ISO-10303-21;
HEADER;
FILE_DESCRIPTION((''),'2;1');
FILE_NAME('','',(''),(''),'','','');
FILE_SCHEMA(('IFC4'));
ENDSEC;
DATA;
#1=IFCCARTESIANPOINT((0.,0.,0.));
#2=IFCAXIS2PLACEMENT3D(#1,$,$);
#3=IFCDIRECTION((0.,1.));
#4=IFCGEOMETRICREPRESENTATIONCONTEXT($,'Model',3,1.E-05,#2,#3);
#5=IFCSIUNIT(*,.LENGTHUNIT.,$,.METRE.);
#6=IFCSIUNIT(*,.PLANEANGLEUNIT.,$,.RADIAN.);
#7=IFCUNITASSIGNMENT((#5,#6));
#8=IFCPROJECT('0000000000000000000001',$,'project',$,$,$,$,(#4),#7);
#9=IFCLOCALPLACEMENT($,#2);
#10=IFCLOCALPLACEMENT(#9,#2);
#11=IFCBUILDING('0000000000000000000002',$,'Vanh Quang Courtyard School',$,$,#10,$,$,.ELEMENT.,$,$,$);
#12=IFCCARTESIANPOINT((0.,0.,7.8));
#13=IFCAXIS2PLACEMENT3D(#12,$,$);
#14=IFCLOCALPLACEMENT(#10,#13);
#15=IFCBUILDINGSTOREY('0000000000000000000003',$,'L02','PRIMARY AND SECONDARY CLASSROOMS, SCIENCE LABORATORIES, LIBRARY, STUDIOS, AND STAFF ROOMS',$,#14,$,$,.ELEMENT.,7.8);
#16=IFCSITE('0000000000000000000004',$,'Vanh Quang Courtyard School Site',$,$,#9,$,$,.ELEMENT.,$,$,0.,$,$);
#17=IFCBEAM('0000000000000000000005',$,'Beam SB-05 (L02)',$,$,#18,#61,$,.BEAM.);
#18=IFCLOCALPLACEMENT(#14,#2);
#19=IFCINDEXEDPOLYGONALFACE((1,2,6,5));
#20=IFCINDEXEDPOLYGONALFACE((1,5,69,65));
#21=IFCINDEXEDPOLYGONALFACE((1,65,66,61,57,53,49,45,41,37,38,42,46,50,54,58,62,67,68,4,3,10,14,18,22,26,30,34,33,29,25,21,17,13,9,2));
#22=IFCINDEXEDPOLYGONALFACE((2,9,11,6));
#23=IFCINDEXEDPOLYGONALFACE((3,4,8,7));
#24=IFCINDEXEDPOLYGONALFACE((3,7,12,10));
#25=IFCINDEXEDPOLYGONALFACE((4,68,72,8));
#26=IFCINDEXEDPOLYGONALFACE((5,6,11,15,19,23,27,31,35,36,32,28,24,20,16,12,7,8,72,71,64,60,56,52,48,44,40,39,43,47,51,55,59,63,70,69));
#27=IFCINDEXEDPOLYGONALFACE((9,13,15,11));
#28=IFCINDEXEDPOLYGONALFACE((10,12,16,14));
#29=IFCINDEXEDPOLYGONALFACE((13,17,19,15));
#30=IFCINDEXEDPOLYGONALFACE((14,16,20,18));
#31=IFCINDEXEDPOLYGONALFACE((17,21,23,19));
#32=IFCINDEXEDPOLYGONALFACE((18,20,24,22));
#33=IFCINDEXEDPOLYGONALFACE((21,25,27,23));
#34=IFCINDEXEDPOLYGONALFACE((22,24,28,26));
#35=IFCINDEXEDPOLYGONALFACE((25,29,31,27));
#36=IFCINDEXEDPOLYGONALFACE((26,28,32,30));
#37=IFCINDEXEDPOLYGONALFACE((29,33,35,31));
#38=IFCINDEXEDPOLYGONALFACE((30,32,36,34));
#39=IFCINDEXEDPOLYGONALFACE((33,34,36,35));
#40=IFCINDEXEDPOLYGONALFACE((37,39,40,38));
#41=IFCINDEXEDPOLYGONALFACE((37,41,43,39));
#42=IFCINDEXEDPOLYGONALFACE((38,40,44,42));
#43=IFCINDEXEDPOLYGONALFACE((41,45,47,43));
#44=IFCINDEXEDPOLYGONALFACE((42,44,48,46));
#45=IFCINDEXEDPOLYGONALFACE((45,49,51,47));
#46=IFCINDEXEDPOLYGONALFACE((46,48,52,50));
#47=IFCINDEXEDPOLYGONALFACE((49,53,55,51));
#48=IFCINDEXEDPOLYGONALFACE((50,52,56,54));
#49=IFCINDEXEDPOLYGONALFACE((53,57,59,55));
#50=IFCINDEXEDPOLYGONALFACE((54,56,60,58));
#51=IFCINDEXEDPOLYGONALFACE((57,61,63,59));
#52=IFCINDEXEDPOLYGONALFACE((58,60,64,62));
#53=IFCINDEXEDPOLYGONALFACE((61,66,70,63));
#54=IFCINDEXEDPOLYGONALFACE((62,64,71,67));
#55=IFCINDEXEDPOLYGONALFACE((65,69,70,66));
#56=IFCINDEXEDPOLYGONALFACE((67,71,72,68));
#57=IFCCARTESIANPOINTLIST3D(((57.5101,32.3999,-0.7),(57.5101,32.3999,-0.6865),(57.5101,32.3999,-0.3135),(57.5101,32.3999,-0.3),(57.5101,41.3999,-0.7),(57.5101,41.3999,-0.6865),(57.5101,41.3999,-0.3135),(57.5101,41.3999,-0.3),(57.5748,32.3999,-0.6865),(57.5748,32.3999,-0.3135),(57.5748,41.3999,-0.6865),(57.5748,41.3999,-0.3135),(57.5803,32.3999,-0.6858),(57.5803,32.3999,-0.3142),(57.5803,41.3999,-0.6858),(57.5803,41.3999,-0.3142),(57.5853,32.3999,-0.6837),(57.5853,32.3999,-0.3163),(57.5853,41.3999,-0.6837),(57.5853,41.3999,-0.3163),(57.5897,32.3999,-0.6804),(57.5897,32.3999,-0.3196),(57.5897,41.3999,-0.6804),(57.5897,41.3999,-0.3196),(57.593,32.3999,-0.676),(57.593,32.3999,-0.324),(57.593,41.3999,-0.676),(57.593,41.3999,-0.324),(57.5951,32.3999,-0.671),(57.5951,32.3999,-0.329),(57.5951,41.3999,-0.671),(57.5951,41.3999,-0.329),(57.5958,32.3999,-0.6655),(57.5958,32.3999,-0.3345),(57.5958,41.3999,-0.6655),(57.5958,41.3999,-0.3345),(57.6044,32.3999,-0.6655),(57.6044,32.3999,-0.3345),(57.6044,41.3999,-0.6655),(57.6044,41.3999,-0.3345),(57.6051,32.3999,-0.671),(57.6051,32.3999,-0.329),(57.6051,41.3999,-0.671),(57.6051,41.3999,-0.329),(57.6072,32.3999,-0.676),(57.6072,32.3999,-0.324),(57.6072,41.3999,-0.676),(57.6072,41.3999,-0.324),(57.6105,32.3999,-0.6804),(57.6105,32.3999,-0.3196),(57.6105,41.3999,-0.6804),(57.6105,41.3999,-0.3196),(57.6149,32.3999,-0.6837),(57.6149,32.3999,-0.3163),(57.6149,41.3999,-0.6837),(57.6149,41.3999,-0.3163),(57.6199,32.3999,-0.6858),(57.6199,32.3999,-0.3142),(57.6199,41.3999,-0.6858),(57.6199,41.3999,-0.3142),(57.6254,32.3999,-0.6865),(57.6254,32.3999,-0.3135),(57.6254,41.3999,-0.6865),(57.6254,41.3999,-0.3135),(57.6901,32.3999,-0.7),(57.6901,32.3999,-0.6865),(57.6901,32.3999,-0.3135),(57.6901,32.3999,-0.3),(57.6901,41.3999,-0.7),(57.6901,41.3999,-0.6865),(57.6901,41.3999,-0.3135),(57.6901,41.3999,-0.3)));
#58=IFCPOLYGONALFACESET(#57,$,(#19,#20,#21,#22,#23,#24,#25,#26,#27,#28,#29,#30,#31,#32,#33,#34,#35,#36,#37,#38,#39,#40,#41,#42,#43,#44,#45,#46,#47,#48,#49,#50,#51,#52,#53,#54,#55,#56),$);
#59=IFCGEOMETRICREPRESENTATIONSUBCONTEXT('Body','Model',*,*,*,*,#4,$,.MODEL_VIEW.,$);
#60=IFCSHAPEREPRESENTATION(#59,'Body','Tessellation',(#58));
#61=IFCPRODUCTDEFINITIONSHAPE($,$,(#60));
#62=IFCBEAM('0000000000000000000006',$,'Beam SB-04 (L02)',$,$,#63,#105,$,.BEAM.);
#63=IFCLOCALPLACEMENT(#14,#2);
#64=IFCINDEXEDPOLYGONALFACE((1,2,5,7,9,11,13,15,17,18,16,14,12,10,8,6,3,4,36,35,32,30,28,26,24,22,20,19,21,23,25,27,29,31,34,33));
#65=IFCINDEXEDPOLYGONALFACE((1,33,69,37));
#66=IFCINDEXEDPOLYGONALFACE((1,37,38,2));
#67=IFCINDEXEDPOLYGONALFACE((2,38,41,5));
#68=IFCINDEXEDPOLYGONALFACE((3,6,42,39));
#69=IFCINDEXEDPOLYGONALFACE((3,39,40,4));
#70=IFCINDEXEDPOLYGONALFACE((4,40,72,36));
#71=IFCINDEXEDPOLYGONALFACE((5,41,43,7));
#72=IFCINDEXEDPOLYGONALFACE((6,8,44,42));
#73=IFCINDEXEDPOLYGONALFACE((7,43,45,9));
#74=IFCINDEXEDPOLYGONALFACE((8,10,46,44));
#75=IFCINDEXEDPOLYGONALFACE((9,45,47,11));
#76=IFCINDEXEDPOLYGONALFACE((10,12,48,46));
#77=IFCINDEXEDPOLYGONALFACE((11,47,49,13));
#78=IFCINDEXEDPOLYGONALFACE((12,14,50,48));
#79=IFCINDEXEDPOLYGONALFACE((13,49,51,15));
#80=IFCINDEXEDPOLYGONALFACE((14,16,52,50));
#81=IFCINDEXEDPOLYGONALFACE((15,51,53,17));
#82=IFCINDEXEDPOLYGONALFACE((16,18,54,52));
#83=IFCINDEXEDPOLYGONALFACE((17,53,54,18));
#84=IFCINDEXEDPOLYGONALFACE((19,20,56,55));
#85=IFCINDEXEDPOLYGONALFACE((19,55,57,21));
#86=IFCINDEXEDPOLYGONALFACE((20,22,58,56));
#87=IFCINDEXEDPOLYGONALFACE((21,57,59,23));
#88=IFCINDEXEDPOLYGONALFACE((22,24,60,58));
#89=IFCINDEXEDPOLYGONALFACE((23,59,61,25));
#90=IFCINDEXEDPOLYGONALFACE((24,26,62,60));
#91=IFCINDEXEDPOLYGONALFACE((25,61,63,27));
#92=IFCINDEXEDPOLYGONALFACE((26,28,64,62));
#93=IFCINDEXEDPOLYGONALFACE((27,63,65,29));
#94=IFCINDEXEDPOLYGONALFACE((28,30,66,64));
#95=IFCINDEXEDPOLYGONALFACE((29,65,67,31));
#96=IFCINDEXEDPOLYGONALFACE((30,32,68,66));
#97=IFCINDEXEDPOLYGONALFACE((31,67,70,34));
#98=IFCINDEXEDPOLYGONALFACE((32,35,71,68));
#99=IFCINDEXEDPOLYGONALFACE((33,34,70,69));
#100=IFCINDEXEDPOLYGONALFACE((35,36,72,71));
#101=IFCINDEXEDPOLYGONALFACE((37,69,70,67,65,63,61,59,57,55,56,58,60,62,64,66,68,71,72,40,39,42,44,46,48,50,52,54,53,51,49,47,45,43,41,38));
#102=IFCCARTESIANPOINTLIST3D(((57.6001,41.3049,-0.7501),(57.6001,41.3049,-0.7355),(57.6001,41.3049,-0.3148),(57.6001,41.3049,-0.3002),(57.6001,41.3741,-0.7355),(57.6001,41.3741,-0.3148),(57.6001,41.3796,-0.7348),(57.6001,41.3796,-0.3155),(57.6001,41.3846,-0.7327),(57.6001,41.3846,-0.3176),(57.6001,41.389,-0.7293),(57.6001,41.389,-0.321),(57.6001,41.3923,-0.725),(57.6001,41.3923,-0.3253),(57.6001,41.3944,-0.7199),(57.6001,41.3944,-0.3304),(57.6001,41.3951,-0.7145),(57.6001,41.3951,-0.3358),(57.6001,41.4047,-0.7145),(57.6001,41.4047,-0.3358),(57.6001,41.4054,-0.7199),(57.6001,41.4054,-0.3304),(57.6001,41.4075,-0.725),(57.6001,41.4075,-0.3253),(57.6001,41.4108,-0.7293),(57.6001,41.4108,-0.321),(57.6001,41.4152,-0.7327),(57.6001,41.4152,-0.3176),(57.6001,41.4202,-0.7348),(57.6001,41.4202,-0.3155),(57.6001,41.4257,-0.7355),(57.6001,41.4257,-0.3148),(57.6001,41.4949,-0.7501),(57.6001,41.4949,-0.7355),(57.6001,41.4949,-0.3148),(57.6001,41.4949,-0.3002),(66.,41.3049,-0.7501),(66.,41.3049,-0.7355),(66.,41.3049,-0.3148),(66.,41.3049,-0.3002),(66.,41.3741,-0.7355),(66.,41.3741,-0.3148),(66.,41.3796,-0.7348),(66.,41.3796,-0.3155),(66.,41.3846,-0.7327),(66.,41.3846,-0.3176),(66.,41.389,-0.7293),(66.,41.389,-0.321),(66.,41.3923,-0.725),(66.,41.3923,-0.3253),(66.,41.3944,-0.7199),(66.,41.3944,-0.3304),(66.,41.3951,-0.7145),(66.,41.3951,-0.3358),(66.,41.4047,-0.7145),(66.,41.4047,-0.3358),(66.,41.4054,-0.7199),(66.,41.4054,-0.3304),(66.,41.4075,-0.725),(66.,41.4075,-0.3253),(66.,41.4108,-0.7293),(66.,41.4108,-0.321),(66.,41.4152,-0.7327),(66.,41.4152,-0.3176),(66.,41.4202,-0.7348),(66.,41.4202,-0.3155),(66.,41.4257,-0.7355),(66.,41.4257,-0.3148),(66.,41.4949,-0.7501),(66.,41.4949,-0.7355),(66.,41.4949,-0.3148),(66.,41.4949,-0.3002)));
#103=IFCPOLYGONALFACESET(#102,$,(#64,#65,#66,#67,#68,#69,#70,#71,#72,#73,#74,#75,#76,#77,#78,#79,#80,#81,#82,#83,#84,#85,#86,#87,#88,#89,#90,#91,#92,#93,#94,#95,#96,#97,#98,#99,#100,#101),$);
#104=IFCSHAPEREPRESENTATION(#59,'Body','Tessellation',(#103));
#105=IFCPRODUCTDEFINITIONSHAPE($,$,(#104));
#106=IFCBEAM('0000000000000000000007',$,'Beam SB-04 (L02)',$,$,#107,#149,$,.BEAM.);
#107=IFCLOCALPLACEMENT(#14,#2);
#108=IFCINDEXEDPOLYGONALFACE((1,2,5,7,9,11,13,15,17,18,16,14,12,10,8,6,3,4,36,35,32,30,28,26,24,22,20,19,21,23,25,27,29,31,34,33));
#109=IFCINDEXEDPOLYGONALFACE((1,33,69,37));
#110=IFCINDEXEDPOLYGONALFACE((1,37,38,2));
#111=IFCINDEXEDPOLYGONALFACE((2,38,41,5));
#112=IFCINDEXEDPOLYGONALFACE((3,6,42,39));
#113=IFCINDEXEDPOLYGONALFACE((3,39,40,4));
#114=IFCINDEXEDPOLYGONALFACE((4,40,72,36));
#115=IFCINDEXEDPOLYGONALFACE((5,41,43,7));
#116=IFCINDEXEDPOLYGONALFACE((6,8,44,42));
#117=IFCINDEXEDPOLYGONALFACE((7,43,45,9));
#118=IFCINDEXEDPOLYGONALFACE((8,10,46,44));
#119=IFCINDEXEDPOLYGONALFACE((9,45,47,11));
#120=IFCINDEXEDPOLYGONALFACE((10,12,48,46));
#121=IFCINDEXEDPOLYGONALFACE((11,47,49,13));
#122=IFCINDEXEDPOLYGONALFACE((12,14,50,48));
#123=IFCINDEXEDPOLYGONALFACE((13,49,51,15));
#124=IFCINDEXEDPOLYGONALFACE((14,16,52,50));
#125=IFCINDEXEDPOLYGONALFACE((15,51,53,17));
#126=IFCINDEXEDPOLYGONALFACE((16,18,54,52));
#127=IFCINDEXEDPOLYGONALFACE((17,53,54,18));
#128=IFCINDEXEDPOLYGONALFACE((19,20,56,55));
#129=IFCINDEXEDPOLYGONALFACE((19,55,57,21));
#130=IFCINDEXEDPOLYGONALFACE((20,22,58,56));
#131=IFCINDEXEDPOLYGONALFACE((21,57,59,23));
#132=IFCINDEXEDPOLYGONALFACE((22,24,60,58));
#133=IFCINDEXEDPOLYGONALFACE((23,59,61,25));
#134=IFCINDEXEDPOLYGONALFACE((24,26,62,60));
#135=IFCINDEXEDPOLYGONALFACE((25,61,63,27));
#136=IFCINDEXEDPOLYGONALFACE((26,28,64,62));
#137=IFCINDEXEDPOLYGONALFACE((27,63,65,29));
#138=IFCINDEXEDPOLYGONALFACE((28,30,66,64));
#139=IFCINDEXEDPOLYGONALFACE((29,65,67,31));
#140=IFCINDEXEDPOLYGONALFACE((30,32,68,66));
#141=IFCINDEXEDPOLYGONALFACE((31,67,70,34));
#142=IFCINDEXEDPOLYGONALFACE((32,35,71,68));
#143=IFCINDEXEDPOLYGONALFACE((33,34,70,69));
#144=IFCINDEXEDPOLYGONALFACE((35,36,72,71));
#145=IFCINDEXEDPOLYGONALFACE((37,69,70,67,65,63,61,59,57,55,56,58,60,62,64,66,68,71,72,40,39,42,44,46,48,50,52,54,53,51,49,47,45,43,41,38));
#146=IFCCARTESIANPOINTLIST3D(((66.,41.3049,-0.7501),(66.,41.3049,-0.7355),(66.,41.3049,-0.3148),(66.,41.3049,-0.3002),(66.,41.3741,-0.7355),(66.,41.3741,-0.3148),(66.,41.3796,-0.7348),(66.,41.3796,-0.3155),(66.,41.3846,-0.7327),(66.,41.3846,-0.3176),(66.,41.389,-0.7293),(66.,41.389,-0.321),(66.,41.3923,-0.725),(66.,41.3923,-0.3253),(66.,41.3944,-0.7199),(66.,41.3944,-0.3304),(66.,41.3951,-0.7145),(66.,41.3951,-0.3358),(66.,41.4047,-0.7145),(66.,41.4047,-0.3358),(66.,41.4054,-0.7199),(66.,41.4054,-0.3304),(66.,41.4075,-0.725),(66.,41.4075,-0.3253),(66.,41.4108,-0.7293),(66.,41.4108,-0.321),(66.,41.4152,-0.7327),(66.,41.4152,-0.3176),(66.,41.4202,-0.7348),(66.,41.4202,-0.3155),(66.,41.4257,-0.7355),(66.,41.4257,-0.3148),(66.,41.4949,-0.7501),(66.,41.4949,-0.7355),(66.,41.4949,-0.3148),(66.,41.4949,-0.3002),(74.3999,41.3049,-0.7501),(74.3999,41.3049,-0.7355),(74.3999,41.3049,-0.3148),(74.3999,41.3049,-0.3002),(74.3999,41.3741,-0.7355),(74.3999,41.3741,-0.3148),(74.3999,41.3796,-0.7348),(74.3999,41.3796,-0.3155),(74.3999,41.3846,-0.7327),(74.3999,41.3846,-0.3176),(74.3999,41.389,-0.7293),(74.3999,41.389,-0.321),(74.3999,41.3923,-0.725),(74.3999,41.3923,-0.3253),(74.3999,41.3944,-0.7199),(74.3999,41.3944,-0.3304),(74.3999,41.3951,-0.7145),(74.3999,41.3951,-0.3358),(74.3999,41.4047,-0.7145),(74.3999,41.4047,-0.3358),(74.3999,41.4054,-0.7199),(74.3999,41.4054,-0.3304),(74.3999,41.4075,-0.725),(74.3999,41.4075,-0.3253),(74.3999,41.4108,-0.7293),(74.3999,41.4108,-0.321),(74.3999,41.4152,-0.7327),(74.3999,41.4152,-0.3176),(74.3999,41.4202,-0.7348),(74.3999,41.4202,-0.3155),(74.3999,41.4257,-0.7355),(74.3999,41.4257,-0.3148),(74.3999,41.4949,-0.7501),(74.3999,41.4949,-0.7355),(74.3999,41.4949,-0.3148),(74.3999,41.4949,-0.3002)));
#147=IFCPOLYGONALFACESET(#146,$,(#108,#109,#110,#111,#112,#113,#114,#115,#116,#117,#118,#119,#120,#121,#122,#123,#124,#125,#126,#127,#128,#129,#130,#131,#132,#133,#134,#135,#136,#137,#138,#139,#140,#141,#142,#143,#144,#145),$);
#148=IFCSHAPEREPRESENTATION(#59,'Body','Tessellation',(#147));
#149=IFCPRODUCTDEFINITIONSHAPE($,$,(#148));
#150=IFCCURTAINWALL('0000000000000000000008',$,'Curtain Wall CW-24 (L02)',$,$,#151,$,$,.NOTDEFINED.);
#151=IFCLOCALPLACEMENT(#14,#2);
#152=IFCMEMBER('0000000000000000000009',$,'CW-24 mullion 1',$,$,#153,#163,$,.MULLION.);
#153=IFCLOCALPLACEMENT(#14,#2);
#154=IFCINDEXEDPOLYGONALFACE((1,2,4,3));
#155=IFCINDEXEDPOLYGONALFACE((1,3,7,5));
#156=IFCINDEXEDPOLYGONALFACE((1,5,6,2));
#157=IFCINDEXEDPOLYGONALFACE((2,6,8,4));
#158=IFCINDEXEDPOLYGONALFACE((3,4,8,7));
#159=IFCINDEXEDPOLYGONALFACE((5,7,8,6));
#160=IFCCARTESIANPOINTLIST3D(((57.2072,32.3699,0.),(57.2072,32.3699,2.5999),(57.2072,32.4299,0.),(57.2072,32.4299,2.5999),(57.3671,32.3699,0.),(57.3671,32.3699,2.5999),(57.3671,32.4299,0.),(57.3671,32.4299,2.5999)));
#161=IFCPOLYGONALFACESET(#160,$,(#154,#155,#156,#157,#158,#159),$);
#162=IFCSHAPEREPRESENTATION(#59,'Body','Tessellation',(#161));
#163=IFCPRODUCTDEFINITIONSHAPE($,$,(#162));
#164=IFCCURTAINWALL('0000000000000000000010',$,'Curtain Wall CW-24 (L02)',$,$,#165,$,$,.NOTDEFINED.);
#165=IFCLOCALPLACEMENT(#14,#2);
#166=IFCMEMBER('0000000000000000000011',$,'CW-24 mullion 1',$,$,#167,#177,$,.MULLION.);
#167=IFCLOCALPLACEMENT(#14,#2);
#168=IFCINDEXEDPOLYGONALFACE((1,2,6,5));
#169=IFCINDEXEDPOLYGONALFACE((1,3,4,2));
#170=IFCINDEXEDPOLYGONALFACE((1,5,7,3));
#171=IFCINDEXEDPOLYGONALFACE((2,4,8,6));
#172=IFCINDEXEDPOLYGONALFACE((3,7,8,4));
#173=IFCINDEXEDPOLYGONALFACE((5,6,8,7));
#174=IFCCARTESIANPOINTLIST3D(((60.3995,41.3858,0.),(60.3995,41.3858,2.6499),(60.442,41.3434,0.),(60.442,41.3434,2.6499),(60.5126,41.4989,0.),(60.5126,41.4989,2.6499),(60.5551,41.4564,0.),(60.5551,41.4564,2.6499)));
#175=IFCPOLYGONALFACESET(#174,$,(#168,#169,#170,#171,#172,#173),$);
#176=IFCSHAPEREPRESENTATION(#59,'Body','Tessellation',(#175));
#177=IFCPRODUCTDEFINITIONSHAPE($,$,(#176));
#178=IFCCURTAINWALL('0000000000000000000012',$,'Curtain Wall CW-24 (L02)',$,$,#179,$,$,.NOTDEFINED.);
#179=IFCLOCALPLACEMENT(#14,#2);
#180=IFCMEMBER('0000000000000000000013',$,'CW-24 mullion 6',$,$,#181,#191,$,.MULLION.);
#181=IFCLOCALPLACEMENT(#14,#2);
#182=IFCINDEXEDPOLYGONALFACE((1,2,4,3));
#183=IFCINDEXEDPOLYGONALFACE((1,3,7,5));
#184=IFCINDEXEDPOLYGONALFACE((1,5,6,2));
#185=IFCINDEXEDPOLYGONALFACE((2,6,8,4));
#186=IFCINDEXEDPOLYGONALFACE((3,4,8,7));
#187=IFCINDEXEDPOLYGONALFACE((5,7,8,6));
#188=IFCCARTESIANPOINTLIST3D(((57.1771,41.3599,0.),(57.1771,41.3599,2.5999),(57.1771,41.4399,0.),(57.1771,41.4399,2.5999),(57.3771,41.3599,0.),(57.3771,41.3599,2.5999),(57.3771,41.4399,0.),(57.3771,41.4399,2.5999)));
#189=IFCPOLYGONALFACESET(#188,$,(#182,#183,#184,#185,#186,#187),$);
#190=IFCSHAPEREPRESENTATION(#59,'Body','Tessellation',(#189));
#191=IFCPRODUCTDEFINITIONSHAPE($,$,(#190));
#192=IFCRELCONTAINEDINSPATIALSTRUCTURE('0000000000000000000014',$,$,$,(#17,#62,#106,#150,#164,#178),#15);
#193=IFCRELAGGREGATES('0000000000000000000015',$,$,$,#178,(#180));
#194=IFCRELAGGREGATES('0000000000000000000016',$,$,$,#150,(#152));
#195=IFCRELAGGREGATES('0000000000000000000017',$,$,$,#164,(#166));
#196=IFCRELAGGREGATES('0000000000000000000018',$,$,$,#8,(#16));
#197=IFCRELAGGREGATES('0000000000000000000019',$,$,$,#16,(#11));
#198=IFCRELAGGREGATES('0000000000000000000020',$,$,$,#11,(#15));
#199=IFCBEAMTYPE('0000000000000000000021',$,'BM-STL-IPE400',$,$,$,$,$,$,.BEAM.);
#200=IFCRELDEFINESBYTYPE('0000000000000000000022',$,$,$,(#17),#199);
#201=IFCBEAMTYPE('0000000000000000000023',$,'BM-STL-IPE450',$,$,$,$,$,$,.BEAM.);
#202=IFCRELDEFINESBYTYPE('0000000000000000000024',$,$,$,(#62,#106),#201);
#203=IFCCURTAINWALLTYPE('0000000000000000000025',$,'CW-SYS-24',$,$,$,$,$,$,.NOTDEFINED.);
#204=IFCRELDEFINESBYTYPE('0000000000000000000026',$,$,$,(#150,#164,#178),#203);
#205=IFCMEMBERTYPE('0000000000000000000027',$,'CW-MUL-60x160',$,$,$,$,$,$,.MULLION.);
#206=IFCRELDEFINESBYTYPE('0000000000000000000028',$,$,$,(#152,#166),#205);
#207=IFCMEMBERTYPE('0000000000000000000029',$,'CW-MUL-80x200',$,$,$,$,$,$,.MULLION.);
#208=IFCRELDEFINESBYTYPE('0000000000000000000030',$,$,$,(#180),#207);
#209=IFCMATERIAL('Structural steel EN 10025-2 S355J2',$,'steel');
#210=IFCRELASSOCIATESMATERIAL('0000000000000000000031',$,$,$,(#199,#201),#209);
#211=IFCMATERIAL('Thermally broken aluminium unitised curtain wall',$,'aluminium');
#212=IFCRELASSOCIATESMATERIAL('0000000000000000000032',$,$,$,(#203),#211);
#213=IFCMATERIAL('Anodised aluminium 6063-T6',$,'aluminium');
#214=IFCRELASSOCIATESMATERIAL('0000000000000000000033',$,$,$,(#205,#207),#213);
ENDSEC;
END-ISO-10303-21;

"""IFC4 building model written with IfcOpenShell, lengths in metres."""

from ifc_helpers import new_model, si_unit, direction, frame, origin, origin_2d, place, context, subcontext, project, spatial, rectangle, i_section, extrude, material, material_profile, profile_set, type_object, element, aggregate, save


model = new_model("IFC4")

# Units and contexts
model_context = context("Model", 3, precision=1e-05, world=origin(), true_north=direction((0.0, 1.0)))
body_context = subcontext(model_context, "Body", "Model", "MODEL_VIEW")
ifc_project = project(units=[si_unit("LENGTHUNIT", "METRE"), si_unit("PLANEANGLEUNIT", "RADIAN")], contexts=[model_context])

# Site, building, storey
site_placement = place(None, origin())
site = spatial("IfcSite", under=ifc_project, at=site_placement, Name="Vanh Quang Courtyard School Site", CompositionType="ELEMENT", RefElevation=0.0)
building_placement = place(site_placement, origin())
building = spatial("IfcBuilding", under=site, at=building_placement, Name="Vanh Quang Courtyard School", CompositionType="ELEMENT")
storey_placement = place(building_placement, frame((0.0, 0.0, 7.8)))
storey = spatial("IfcBuildingStorey", under=building, at=storey_placement, Name="L02", Description="PRIMARY AND SECONDARY CLASSROOMS, SCIENCE LABORATORIES, LIBRARY, STUDIOS, AND STAFF ROOMS", CompositionType="ELEMENT", Elevation=7.8)

# Beams
ifc_material_1 = material(Name="Structural steel EN 10025-2 S355J2", Category="steel")
ifc_material_profile_1 = material_profile(ifc_material_1, i_section(OverallWidth=0.1799, OverallDepth=0.3999, WebThickness=0.0085, FlangeThickness=0.0134, FilletRadius=0.021, at=origin_2d()), Name="IPE 400")
ifc_profile_set_1 = profile_set([ifc_material_profile_1], Name="Structural steel EN 10025-2 S355J2")
beam_type_1 = type_object("IfcBeamType", Name="BM-STL-IPE400", PredefinedType="BEAM", material=ifc_profile_set_1)
beam_placement = place(storey_placement, frame((57.6001, 32.3999, -0.5), z_axis=(0.0, 1.0, 0.0), x_axis=(-1.0, 0.0, 0.0)))
element("IfcBeam", 1, at=beam_placement, inside=storey, type_object=beam_type_1, Name="Beam SB-05 (L02)", PredefinedType="BEAM", context=body_context, shape_type="SweptSolid", body=[
    extrude(i_section(OverallWidth=0.1799, OverallDepth=0.3999, WebThickness=0.0085, FlangeThickness=0.0134, FilletRadius=0.021, at=origin_2d()), origin(), (0.0, 0.0, 1.0), 9.0),
])
ifc_material_profile_2 = material_profile(ifc_material_1, i_section(OverallWidth=0.1899, OverallDepth=0.45, WebThickness=0.0095, FlangeThickness=0.0146, FilletRadius=0.021, at=origin_2d()), Name="IPE 450")
ifc_profile_set_2 = profile_set([ifc_material_profile_2], Name="Structural steel EN 10025-2 S355J2")
beam_type_2 = type_object("IfcBeamType", Name="BM-STL-IPE450", PredefinedType="BEAM", material=ifc_profile_set_2)
for number, where, z_axis, x_axis, name in (
    (2, (57.6001, 41.3999, -0.5251), (1.0, 0.0, 0.0), (0.0, 1.0, 0.0), "Beam SB-04 (L02)"),
    (3, (66.0, 41.3999, -0.5251), (1.0, 0.0, 0.0), (0.0, 1.0, 0.0), "Beam SB-04 (L02)"),
):
    element("IfcBeam", number, at=place(storey_placement, frame(where, z_axis=z_axis, x_axis=x_axis)), inside=storey, type_object=beam_type_2, Name=name, PredefinedType="BEAM", context=body_context, shape_type="SweptSolid", body=[
        extrude(i_section(OverallWidth=0.1899, OverallDepth=0.45, WebThickness=0.0095, FlangeThickness=0.0146, FilletRadius=0.021, at=origin_2d()), origin(), (0.0, 0.0, 1.0), 8.3999),
    ])

# Curtain walls, members
ifc_material_2 = material(Name="Thermally broken aluminium unitised curtain wall", Category="aluminium")
curtain_wall_type = type_object("IfcCurtainWallType", Name="CW-SYS-24", PredefinedType="NOTDEFINED", material=ifc_material_2)
curtain_wall_1_placement = place(storey_placement, origin())
curtain_wall_1 = element("IfcCurtainWall", 4, at=curtain_wall_1_placement, inside=storey, type_object=curtain_wall_type, Name="Curtain Wall CW-24 (L02)", PredefinedType="NOTDEFINED")
ifc_material_3 = material(Name="Anodised aluminium 6063-T6", Category="aluminium")
ifc_material_profile_3 = material_profile(ifc_material_3, rectangle(XDim=0.0601, YDim=0.1599, at=origin_2d()), Name="ALU-MUL 60x160")
ifc_profile_set_3 = profile_set([ifc_material_profile_3], Name="Anodised aluminium 6063-T6")
member_type_1 = type_object("IfcMemberType", Name="CW-MUL-60x160", PredefinedType="MULLION", material=ifc_profile_set_3)
member_1_placement = place(storey_placement, frame((57.2871, 32.3999, 0.0), z_axis=(0.0, 0.0, 1.0), x_axis=(0.0, -1.0, 0.0)))
member_1 = element("IfcMember", 5, at=member_1_placement, type_object=member_type_1, Name="CW-24 mullion 1", PredefinedType="MULLION", context=body_context, shape_type="SweptSolid", body=[
    extrude(rectangle(XDim=0.0601, YDim=0.1599, at=origin_2d()), origin(), (0.0, 0.0, 1.0), 2.5999),
])
curtain_wall_2_placement = place(storey_placement, origin())
curtain_wall_2 = element("IfcCurtainWall", 6, at=curtain_wall_2_placement, inside=storey, type_object=curtain_wall_type, Name="Curtain Wall CW-24 (L02)", PredefinedType="NOTDEFINED")
member_2_placement = place(storey_placement, frame((60.4773, 41.4211, 0.0), z_axis=(0.0, 0.0, 1.0), x_axis=(-0.707107, 0.707107, 0.0)))
member_2 = element("IfcMember", 7, at=member_2_placement, type_object=member_type_1, Name="CW-24 mullion 1", PredefinedType="MULLION", context=body_context, shape_type="SweptSolid", body=[
    extrude(rectangle(XDim=0.0601, YDim=0.1599, at=origin_2d()), origin(), (0.0, 0.0, 1.0), 2.6499),
])
curtain_wall_3_placement = place(storey_placement, origin())
curtain_wall_3 = element("IfcCurtainWall", 8, at=curtain_wall_3_placement, inside=storey, type_object=curtain_wall_type, Name="Curtain Wall CW-24 (L02)", PredefinedType="NOTDEFINED")
ifc_material_profile_4 = material_profile(ifc_material_3, rectangle(XDim=0.0801, YDim=0.2, at=origin_2d()), Name="ALU-MUL 80x200")
ifc_profile_set_4 = profile_set([ifc_material_profile_4], Name="Anodised aluminium 6063-T6")
member_type_2 = type_object("IfcMemberType", Name="CW-MUL-80x200", PredefinedType="MULLION", material=ifc_profile_set_4)
member_3_placement = place(storey_placement, frame((57.2771, 41.3999, 0.0), z_axis=(0.0, 0.0, 1.0), x_axis=(0.0, 1.0, 0.0)))
member_3 = element("IfcMember", 9, at=member_3_placement, type_object=member_type_2, Name="CW-24 mullion 6", PredefinedType="MULLION", context=body_context, shape_type="SweptSolid", body=[
    extrude(rectangle(XDim=0.0801, YDim=0.2, at=origin_2d()), origin(), (0.0, 0.0, 1.0), 2.5999),
])
aggregate(curtain_wall_3, [member_3])

aggregate(curtain_wall_1, [member_1])

aggregate(curtain_wall_2, [member_2])

save(model, "model.ifc")
